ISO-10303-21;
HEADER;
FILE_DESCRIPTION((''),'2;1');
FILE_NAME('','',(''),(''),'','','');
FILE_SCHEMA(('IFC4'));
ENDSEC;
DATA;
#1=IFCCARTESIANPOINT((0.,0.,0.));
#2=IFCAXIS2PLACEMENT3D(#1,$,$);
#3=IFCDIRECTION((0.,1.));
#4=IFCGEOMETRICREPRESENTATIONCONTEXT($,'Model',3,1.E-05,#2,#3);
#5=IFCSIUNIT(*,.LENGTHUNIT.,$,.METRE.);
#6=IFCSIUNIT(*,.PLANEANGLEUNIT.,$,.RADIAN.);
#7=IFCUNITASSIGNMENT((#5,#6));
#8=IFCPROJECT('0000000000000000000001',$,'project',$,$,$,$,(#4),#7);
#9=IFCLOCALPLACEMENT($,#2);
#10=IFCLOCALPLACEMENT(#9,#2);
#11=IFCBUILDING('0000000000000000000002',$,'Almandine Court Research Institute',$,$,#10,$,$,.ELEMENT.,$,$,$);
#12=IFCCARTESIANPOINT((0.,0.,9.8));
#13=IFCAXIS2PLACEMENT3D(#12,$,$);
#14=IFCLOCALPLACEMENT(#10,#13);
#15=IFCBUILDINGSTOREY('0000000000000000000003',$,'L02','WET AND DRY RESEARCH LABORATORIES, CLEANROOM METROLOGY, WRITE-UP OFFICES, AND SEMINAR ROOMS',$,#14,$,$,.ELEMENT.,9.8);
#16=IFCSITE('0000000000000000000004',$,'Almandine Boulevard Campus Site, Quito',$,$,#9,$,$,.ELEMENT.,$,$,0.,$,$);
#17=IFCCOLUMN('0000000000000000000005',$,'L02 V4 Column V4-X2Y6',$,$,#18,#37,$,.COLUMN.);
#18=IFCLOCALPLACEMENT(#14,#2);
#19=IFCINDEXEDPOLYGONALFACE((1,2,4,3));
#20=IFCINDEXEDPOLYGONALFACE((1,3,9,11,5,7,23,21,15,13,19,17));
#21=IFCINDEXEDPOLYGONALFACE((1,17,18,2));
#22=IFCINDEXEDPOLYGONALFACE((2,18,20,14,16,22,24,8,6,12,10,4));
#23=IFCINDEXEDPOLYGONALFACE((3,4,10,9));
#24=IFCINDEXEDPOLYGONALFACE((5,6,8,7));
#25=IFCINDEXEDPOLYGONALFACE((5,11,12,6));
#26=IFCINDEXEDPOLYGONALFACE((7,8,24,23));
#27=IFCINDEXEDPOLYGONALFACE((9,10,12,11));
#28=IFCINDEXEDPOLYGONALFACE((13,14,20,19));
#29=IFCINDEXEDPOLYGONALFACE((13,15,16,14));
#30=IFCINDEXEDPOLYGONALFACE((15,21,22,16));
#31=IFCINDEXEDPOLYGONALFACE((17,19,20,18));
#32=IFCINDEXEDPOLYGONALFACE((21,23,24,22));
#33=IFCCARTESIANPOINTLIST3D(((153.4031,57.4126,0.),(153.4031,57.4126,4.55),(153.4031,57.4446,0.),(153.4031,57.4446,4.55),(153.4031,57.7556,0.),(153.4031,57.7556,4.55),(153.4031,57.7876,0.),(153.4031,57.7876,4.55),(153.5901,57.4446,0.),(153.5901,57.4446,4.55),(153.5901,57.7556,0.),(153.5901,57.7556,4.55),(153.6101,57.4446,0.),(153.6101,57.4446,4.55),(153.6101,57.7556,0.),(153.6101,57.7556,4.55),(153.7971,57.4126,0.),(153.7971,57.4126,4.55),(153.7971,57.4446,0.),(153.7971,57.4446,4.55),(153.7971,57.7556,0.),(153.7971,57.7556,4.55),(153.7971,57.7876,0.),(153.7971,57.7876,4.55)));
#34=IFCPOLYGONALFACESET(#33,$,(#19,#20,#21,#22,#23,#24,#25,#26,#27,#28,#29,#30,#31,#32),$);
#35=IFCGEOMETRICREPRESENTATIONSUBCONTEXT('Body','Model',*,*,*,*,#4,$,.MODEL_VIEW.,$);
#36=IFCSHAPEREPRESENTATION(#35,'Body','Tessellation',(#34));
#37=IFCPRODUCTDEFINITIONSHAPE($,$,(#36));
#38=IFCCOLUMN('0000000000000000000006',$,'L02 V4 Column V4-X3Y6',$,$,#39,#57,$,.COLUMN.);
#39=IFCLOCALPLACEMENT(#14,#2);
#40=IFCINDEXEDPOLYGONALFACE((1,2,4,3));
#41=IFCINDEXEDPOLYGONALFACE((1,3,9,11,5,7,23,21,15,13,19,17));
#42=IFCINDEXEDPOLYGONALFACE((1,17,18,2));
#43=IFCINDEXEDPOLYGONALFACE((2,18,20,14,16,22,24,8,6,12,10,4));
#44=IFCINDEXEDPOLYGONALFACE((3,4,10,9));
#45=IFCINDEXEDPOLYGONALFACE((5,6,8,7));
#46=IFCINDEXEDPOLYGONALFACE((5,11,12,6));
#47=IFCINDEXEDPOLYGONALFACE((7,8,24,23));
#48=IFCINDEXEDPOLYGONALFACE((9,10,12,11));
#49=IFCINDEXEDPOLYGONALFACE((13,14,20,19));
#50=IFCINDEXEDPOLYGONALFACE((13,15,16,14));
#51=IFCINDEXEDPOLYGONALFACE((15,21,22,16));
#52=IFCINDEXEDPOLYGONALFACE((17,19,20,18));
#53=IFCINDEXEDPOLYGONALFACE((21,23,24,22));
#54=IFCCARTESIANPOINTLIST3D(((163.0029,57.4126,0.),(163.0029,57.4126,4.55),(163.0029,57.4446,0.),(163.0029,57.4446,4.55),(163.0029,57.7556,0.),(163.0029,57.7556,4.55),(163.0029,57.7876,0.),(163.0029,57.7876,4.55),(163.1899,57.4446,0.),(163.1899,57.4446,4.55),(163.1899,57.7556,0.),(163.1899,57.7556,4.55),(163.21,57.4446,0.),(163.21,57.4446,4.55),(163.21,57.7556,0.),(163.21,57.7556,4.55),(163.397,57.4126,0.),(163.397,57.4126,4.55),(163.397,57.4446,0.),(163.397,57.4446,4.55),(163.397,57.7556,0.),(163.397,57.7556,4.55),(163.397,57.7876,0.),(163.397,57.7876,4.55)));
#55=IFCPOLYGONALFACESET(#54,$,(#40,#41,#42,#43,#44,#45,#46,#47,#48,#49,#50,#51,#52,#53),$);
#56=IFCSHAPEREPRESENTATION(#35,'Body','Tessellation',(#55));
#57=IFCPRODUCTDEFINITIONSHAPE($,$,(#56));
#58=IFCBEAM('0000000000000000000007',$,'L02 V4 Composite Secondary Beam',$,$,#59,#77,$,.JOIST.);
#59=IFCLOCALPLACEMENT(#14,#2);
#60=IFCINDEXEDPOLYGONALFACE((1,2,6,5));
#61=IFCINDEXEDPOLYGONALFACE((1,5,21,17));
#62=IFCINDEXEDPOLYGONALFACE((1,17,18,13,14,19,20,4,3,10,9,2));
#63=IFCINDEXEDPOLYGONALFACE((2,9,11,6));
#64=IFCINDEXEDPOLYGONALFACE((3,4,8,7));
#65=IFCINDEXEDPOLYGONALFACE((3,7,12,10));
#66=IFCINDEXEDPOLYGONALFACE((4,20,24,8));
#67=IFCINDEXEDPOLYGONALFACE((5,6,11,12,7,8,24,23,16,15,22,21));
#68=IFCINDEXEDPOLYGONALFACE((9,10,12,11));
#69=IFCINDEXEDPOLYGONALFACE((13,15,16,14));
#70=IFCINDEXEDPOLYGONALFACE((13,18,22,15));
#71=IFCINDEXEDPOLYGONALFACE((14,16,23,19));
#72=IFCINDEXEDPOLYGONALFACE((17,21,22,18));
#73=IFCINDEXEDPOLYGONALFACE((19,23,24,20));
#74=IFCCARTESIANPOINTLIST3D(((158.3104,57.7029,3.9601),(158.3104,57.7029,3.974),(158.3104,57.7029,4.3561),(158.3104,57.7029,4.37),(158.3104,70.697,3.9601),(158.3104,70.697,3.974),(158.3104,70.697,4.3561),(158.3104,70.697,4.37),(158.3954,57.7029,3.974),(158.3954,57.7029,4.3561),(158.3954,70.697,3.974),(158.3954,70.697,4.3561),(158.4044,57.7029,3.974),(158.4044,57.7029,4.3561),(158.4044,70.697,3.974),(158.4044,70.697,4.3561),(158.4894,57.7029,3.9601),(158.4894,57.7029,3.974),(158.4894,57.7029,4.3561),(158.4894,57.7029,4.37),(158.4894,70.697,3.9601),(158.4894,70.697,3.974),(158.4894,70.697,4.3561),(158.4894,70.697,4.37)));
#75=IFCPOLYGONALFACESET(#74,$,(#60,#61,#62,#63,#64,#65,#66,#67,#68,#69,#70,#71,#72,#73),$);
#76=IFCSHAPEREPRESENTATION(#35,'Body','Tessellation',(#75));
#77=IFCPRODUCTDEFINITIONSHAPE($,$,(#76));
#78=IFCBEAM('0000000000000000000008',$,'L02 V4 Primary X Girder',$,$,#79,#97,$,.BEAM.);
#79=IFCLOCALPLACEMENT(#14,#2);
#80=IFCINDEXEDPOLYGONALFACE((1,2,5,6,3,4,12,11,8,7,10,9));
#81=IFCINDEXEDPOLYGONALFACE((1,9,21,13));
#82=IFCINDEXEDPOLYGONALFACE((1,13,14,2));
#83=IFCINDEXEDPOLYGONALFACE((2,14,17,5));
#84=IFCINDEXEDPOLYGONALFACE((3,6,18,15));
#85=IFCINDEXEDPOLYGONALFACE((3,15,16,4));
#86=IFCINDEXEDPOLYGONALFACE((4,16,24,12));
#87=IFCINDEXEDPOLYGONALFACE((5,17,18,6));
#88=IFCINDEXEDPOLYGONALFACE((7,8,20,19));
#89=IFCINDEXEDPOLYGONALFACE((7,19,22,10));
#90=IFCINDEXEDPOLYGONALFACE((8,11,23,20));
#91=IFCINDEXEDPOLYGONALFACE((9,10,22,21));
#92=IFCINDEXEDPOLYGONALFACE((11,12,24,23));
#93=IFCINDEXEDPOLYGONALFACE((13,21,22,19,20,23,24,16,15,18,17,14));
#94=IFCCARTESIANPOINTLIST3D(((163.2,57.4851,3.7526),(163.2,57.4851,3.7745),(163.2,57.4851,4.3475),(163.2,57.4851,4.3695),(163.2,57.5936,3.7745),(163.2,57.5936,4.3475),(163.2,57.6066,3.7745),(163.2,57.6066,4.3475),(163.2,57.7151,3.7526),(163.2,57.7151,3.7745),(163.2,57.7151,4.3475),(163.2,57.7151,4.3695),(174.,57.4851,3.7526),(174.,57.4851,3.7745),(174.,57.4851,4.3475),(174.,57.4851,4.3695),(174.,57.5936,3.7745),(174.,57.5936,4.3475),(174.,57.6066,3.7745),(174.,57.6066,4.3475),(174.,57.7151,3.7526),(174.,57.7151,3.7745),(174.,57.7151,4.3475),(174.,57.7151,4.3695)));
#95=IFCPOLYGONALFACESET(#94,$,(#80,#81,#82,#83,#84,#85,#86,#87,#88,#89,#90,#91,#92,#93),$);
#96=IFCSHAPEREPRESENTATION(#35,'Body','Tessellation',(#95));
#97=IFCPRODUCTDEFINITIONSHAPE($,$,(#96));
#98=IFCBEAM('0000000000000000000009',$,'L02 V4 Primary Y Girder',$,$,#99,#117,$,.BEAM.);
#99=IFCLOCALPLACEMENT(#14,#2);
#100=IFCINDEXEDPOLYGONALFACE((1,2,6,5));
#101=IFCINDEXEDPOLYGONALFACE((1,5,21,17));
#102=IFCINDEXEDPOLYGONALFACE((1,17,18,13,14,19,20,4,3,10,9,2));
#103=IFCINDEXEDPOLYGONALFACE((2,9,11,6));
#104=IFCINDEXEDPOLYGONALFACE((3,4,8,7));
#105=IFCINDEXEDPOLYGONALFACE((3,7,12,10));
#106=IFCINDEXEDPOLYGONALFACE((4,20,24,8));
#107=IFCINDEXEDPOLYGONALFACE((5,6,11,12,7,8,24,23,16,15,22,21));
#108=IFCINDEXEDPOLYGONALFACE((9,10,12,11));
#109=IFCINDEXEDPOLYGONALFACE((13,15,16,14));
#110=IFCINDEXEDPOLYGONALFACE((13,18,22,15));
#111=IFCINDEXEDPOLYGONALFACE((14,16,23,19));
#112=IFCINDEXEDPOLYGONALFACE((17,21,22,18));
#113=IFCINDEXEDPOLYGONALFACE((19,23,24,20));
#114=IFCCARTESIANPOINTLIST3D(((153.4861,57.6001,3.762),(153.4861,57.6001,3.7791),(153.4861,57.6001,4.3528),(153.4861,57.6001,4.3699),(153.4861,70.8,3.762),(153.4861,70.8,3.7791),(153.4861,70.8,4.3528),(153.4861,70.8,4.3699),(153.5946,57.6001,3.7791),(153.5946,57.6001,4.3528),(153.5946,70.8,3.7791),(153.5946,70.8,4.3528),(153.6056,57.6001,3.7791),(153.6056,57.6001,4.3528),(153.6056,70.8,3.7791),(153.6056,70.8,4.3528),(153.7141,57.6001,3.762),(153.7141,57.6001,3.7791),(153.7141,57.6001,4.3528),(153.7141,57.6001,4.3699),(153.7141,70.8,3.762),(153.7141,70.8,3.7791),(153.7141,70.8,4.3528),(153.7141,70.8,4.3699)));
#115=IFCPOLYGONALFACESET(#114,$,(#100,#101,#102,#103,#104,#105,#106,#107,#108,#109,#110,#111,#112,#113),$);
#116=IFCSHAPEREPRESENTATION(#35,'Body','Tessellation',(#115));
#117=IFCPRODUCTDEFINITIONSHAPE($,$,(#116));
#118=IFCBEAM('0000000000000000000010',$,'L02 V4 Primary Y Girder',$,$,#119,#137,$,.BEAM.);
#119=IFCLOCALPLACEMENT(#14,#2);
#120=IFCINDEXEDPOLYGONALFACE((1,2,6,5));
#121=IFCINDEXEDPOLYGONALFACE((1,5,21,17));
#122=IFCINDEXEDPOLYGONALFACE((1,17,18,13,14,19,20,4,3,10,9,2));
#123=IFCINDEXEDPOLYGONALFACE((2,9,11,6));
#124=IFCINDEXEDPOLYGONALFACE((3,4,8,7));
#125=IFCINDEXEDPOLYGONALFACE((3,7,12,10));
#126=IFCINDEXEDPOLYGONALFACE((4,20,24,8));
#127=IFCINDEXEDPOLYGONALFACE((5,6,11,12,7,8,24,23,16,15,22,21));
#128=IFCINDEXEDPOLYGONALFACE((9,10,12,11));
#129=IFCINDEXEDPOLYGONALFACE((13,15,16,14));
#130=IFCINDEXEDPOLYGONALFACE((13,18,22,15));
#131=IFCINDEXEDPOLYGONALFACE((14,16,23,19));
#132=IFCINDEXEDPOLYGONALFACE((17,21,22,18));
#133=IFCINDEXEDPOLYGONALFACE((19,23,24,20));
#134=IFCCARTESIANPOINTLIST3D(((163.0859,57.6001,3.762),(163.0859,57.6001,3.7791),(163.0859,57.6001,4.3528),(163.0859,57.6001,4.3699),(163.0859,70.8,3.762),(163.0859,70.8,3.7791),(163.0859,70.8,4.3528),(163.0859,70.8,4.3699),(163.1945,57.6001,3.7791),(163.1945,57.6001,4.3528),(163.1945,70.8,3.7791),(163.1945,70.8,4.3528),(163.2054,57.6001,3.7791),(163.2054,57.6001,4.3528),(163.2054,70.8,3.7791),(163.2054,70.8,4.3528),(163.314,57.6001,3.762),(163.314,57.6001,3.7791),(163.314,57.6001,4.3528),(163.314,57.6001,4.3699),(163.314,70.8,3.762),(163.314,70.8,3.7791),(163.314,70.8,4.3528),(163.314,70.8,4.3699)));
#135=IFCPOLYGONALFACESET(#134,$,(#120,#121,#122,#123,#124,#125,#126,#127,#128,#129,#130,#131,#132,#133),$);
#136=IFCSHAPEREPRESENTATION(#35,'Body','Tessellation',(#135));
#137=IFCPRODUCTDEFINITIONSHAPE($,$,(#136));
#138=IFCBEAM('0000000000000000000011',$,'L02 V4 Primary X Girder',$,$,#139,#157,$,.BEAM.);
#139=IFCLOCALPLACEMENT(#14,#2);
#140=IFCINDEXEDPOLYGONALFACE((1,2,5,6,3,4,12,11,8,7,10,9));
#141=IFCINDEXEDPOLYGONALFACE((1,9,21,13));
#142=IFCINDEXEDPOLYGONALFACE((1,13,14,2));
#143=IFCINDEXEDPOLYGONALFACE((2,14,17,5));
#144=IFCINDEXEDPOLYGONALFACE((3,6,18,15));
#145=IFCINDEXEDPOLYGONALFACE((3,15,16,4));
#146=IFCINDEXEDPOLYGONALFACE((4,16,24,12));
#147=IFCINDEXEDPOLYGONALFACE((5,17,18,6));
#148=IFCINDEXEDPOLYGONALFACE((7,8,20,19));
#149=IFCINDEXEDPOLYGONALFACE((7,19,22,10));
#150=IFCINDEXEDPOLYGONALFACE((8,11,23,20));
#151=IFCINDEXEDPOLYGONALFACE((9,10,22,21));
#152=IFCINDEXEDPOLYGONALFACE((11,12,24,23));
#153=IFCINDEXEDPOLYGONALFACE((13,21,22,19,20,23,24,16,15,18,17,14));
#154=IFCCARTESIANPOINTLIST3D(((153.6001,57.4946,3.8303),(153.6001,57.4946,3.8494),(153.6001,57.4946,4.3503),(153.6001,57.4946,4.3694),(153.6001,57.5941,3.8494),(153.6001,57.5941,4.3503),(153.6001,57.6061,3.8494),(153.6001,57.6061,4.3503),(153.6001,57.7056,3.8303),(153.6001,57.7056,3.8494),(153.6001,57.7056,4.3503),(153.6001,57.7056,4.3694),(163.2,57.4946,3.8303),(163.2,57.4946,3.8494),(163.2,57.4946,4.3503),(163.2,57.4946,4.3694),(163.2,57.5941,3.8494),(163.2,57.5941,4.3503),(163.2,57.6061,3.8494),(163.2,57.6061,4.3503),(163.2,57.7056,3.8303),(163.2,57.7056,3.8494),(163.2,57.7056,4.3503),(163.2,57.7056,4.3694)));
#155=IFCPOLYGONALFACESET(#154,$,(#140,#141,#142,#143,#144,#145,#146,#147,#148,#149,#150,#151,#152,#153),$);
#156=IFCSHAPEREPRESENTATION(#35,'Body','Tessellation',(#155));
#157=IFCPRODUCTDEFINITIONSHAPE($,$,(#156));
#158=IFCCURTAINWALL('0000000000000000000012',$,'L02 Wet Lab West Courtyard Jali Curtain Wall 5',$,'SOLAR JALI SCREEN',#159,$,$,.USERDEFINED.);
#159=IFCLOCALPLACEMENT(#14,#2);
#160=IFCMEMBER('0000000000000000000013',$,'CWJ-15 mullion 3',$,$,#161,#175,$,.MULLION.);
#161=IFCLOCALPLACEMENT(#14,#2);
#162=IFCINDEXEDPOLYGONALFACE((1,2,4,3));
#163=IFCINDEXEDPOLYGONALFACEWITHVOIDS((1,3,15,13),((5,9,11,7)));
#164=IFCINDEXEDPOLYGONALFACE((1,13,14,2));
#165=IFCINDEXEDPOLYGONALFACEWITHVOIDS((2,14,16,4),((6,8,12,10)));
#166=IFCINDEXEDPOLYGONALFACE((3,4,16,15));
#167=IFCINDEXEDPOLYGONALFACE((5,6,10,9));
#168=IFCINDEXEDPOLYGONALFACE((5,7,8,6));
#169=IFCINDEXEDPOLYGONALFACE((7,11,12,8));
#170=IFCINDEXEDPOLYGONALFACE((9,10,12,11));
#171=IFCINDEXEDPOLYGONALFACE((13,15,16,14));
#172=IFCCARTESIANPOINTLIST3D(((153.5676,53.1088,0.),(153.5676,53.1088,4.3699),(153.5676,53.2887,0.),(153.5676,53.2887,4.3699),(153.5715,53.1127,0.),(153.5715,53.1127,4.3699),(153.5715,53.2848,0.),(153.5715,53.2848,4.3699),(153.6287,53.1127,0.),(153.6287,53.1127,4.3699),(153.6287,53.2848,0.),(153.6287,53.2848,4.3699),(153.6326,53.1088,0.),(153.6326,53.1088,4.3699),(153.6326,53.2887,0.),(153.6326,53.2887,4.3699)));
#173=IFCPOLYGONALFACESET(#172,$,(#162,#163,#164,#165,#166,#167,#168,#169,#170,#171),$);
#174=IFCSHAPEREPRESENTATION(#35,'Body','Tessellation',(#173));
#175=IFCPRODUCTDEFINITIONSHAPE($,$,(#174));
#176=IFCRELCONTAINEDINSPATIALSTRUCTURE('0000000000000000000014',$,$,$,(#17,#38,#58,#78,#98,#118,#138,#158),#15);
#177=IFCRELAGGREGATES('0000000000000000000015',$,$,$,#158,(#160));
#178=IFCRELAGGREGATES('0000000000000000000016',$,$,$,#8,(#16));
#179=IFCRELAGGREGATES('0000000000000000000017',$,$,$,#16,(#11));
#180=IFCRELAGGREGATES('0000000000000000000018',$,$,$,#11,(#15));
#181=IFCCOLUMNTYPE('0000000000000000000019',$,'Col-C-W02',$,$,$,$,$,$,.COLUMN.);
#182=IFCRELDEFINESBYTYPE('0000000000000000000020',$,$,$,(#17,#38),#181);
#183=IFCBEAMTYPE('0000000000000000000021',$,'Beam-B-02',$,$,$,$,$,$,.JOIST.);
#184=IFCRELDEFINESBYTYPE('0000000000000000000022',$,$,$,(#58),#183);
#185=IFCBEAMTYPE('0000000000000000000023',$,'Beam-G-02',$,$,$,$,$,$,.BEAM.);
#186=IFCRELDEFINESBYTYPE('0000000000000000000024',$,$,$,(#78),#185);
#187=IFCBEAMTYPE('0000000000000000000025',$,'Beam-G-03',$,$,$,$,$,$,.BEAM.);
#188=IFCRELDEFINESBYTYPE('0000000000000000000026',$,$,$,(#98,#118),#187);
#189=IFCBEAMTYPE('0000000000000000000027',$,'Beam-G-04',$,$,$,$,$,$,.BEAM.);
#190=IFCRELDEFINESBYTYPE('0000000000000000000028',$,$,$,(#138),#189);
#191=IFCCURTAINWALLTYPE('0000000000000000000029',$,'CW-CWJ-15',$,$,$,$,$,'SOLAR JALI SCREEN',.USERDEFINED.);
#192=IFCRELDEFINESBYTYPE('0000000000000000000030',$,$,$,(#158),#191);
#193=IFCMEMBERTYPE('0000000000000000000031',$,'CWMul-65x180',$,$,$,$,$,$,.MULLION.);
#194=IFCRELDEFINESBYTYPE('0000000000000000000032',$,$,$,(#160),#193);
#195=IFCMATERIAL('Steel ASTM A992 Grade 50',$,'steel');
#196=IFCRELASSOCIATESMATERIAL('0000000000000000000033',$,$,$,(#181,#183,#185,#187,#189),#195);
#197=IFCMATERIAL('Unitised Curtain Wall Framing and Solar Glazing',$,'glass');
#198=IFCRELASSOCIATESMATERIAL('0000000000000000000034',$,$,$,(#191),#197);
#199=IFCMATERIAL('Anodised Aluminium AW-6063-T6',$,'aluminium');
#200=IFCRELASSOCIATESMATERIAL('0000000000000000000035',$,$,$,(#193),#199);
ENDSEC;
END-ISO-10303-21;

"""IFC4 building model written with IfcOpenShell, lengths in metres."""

from ifc_helpers import new_model, si_unit, direction, frame, origin, origin_2d, place, context, subcontext, project, spatial, hollow_rectangle, i_section, extrude, material, material_profile, profile_set, type_object, element, aggregate, save


model = new_model("IFC4")

# Units and contexts
model_context = context("Model", 3, precision=1e-05, world=origin(), true_north=direction((0.0, 1.0)))
body_context = subcontext(model_context, "Body", "Model", "MODEL_VIEW")
ifc_project = project(units=[si_unit("LENGTHUNIT", "METRE"), si_unit("PLANEANGLEUNIT", "RADIAN")], contexts=[model_context])

# Site, building, storey
site_placement = place(None, origin())
site = spatial("IfcSite", under=ifc_project, at=site_placement, Name="Almandine Boulevard Campus Site, Quito", CompositionType="ELEMENT", RefElevation=0.0)
building_placement = place(site_placement, origin())
building = spatial("IfcBuilding", under=site, at=building_placement, Name="Almandine Court Research Institute", CompositionType="ELEMENT")
storey_placement = place(building_placement, frame((0.0, 0.0, 9.8)))
storey = spatial("IfcBuildingStorey", under=building, at=storey_placement, Name="L02", Description="WET AND DRY RESEARCH LABORATORIES, CLEANROOM METROLOGY, WRITE-UP OFFICES, AND SEMINAR ROOMS", CompositionType="ELEMENT", Elevation=9.8)

# Columns
ifc_material_1 = material(Name="Steel ASTM A992 Grade 50", Category="steel")
ifc_material_profile_1 = material_profile(ifc_material_1, i_section(OverallWidth=0.394, OverallDepth=0.375, WebThickness=0.02, FlangeThickness=0.032, at=origin_2d()), Name="W360x216")
ifc_profile_set_1 = profile_set([ifc_material_profile_1], Name="Steel ASTM A992 Grade 50")
column_type = type_object("IfcColumnType", Name="Col-C-W02", PredefinedType="COLUMN", material=ifc_profile_set_1)
for number, where, z_axis, x_axis, name in (
    (1, (153.6001, 57.6001, 0.0), (0.0, 0.0, 1.0), (1.0, 0.0, 0.0), "L02 V4 Column V4-X2Y6"),
    (2, (163.2, 57.6001, 0.0), (0.0, 0.0, 1.0), (1.0, 0.0, 0.0), "L02 V4 Column V4-X3Y6"),
):
    element("IfcColumn", number, at=place(storey_placement, frame(where, z_axis=z_axis, x_axis=x_axis)), inside=storey, type_object=column_type, Name=name, PredefinedType="COLUMN", context=body_context, shape_type="SweptSolid", body=[
        extrude(i_section(OverallWidth=0.394, OverallDepth=0.375, WebThickness=0.02, FlangeThickness=0.032, at=origin_2d()), origin(), (0.0, 0.0, 1.0), 4.55),
    ])

# Beams
ifc_material_profile_2 = material_profile(ifc_material_1, i_section(OverallWidth=0.179, OverallDepth=0.4099, WebThickness=0.009, FlangeThickness=0.0139, at=origin_2d()), Name="W410x67")
ifc_profile_set_2 = profile_set([ifc_material_profile_2], Name="Steel ASTM A992 Grade 50")
beam_type_1 = type_object("IfcBeamType", Name="Beam-B-02", PredefinedType="JOIST", material=ifc_profile_set_2)
beam_1_placement = place(storey_placement, frame((158.3999, 57.7029, 4.165), z_axis=(0.0, 1.0, 0.0), x_axis=(-1.0, 0.0, 0.0)))
element("IfcBeam", 3, at=beam_1_placement, inside=storey, type_object=beam_type_1, Name="L02 V4 Composite Secondary Beam", PredefinedType="JOIST", context=body_context, shape_type="SweptSolid", body=[
    extrude(i_section(OverallWidth=0.179, OverallDepth=0.4099, WebThickness=0.009, FlangeThickness=0.0139, at=origin_2d()), origin(), (0.0, 0.0, 1.0), 12.9941),
])
ifc_material_profile_3 = material_profile(ifc_material_1, i_section(OverallWidth=0.23, OverallDepth=0.6169, WebThickness=0.0129, FlangeThickness=0.022, at=origin_2d()), Name="W610x140")
ifc_profile_set_3 = profile_set([ifc_material_profile_3], Name="Steel ASTM A992 Grade 50")
beam_type_2 = type_object("IfcBeamType", Name="Beam-G-02", PredefinedType="BEAM", material=ifc_profile_set_3)
beam_2_placement = place(storey_placement, frame((163.2, 57.6001, 4.061), z_axis=(1.0, 0.0, 0.0), x_axis=(0.0, 1.0, 0.0)))
element("IfcBeam", 4, at=beam_2_placement, inside=storey, type_object=beam_type_2, Name="L02 V4 Primary X Girder", PredefinedType="BEAM", context=body_context, shape_type="SweptSolid", body=[
    extrude(i_section(OverallWidth=0.23, OverallDepth=0.6169, WebThickness=0.0129, FlangeThickness=0.022, at=origin_2d()), origin(), (0.0, 0.0, 1.0), 10.8),
])
ifc_material_profile_4 = material_profile(ifc_material_1, i_section(OverallWidth=0.228, OverallDepth=0.6079, WebThickness=0.011, FlangeThickness=0.0171, at=origin_2d()), Name="W610x113")
ifc_profile_set_4 = profile_set([ifc_material_profile_4], Name="Steel ASTM A992 Grade 50")
beam_type_3 = type_object("IfcBeamType", Name="Beam-G-03", PredefinedType="BEAM", material=ifc_profile_set_4)
for number, where, z_axis, x_axis, name in (
    (5, (153.6001, 57.6001, 4.0659), (0.0, 1.0, 0.0), (-1.0, 0.0, 0.0), "L02 V4 Primary Y Girder"),
    (6, (163.2, 57.6001, 4.0659), (0.0, 1.0, 0.0), (-1.0, 0.0, 0.0), "L02 V4 Primary Y Girder"),
):
    element("IfcBeam", number, at=place(storey_placement, frame(where, z_axis=z_axis, x_axis=x_axis)), inside=storey, type_object=beam_type_3, Name=name, PredefinedType="BEAM", context=body_context, shape_type="SweptSolid", body=[
        extrude(i_section(OverallWidth=0.228, OverallDepth=0.6079, WebThickness=0.011, FlangeThickness=0.0171, at=origin_2d()), origin(), (0.0, 0.0, 1.0), 13.2),
    ])
ifc_material_profile_5 = material_profile(ifc_material_1, i_section(OverallWidth=0.2109, OverallDepth=0.5391, WebThickness=0.012, FlangeThickness=0.019, at=origin_2d()), Name="W530x109")
ifc_profile_set_5 = profile_set([ifc_material_profile_5], Name="Steel ASTM A992 Grade 50")
beam_type_4 = type_object("IfcBeamType", Name="Beam-G-04", PredefinedType="BEAM", material=ifc_profile_set_5)
beam_3_placement = place(storey_placement, frame((153.6001, 57.6001, 4.0999), z_axis=(1.0, 0.0, 0.0), x_axis=(0.0, 1.0, 0.0)))
element("IfcBeam", 7, at=beam_3_placement, inside=storey, type_object=beam_type_4, Name="L02 V4 Primary X Girder", PredefinedType="BEAM", context=body_context, shape_type="SweptSolid", body=[
    extrude(i_section(OverallWidth=0.2109, OverallDepth=0.5391, WebThickness=0.012, FlangeThickness=0.019, at=origin_2d()), origin(), (0.0, 0.0, 1.0), 9.5999),
])

# Curtain wall, member
ifc_material_2 = material(Name="Unitised Curtain Wall Framing and Solar Glazing", Category="glass")
curtain_wall_type = type_object("IfcCurtainWallType", Name="CW-CWJ-15", ElementType="SOLAR JALI SCREEN", PredefinedType="USERDEFINED", material=ifc_material_2)
curtain_wall_placement = place(storey_placement, origin())
curtain_wall = element("IfcCurtainWall", 8, at=curtain_wall_placement, inside=storey, type_object=curtain_wall_type, Name="L02 Wet Lab West Courtyard Jali Curtain Wall 5", ObjectType="SOLAR JALI SCREEN", PredefinedType="USERDEFINED")
ifc_material_3 = material(Name="Anodised Aluminium AW-6063-T6", Category="aluminium")
ifc_material_profile_6 = material_profile(ifc_material_3, hollow_rectangle(XDim=0.0649, YDim=0.1799, WallThickness=0.0039, at=origin_2d()), Name="ALU RHS 65x180x4")
ifc_profile_set_6 = profile_set([ifc_material_profile_6], Name="Anodised Aluminium AW-6063-T6")
member_type_1 = type_object("IfcMemberType", Name="CWMul-65x180", PredefinedType="MULLION", material=ifc_profile_set_6)
member_1_placement = place(storey_placement, frame((153.6001, 53.1987, 0.0), z_axis=(0.0, 0.0, 1.0), x_axis=(-1.0, 0.0, 0.0)))
member_1 = element("IfcMember", 9, at=member_1_placement, type_object=member_type_1, Name="CWJ-15 mullion 3", PredefinedType="MULLION", context=body_context, shape_type="SweptSolid", body=[
    extrude(hollow_rectangle(XDim=0.0649, YDim=0.1799, WallThickness=0.0039, at=origin_2d()), origin(), (0.0, 0.0, 1.0), 4.3699),
])
aggregate(curtain_wall, [member_1])

save(model, "model.ifc")
